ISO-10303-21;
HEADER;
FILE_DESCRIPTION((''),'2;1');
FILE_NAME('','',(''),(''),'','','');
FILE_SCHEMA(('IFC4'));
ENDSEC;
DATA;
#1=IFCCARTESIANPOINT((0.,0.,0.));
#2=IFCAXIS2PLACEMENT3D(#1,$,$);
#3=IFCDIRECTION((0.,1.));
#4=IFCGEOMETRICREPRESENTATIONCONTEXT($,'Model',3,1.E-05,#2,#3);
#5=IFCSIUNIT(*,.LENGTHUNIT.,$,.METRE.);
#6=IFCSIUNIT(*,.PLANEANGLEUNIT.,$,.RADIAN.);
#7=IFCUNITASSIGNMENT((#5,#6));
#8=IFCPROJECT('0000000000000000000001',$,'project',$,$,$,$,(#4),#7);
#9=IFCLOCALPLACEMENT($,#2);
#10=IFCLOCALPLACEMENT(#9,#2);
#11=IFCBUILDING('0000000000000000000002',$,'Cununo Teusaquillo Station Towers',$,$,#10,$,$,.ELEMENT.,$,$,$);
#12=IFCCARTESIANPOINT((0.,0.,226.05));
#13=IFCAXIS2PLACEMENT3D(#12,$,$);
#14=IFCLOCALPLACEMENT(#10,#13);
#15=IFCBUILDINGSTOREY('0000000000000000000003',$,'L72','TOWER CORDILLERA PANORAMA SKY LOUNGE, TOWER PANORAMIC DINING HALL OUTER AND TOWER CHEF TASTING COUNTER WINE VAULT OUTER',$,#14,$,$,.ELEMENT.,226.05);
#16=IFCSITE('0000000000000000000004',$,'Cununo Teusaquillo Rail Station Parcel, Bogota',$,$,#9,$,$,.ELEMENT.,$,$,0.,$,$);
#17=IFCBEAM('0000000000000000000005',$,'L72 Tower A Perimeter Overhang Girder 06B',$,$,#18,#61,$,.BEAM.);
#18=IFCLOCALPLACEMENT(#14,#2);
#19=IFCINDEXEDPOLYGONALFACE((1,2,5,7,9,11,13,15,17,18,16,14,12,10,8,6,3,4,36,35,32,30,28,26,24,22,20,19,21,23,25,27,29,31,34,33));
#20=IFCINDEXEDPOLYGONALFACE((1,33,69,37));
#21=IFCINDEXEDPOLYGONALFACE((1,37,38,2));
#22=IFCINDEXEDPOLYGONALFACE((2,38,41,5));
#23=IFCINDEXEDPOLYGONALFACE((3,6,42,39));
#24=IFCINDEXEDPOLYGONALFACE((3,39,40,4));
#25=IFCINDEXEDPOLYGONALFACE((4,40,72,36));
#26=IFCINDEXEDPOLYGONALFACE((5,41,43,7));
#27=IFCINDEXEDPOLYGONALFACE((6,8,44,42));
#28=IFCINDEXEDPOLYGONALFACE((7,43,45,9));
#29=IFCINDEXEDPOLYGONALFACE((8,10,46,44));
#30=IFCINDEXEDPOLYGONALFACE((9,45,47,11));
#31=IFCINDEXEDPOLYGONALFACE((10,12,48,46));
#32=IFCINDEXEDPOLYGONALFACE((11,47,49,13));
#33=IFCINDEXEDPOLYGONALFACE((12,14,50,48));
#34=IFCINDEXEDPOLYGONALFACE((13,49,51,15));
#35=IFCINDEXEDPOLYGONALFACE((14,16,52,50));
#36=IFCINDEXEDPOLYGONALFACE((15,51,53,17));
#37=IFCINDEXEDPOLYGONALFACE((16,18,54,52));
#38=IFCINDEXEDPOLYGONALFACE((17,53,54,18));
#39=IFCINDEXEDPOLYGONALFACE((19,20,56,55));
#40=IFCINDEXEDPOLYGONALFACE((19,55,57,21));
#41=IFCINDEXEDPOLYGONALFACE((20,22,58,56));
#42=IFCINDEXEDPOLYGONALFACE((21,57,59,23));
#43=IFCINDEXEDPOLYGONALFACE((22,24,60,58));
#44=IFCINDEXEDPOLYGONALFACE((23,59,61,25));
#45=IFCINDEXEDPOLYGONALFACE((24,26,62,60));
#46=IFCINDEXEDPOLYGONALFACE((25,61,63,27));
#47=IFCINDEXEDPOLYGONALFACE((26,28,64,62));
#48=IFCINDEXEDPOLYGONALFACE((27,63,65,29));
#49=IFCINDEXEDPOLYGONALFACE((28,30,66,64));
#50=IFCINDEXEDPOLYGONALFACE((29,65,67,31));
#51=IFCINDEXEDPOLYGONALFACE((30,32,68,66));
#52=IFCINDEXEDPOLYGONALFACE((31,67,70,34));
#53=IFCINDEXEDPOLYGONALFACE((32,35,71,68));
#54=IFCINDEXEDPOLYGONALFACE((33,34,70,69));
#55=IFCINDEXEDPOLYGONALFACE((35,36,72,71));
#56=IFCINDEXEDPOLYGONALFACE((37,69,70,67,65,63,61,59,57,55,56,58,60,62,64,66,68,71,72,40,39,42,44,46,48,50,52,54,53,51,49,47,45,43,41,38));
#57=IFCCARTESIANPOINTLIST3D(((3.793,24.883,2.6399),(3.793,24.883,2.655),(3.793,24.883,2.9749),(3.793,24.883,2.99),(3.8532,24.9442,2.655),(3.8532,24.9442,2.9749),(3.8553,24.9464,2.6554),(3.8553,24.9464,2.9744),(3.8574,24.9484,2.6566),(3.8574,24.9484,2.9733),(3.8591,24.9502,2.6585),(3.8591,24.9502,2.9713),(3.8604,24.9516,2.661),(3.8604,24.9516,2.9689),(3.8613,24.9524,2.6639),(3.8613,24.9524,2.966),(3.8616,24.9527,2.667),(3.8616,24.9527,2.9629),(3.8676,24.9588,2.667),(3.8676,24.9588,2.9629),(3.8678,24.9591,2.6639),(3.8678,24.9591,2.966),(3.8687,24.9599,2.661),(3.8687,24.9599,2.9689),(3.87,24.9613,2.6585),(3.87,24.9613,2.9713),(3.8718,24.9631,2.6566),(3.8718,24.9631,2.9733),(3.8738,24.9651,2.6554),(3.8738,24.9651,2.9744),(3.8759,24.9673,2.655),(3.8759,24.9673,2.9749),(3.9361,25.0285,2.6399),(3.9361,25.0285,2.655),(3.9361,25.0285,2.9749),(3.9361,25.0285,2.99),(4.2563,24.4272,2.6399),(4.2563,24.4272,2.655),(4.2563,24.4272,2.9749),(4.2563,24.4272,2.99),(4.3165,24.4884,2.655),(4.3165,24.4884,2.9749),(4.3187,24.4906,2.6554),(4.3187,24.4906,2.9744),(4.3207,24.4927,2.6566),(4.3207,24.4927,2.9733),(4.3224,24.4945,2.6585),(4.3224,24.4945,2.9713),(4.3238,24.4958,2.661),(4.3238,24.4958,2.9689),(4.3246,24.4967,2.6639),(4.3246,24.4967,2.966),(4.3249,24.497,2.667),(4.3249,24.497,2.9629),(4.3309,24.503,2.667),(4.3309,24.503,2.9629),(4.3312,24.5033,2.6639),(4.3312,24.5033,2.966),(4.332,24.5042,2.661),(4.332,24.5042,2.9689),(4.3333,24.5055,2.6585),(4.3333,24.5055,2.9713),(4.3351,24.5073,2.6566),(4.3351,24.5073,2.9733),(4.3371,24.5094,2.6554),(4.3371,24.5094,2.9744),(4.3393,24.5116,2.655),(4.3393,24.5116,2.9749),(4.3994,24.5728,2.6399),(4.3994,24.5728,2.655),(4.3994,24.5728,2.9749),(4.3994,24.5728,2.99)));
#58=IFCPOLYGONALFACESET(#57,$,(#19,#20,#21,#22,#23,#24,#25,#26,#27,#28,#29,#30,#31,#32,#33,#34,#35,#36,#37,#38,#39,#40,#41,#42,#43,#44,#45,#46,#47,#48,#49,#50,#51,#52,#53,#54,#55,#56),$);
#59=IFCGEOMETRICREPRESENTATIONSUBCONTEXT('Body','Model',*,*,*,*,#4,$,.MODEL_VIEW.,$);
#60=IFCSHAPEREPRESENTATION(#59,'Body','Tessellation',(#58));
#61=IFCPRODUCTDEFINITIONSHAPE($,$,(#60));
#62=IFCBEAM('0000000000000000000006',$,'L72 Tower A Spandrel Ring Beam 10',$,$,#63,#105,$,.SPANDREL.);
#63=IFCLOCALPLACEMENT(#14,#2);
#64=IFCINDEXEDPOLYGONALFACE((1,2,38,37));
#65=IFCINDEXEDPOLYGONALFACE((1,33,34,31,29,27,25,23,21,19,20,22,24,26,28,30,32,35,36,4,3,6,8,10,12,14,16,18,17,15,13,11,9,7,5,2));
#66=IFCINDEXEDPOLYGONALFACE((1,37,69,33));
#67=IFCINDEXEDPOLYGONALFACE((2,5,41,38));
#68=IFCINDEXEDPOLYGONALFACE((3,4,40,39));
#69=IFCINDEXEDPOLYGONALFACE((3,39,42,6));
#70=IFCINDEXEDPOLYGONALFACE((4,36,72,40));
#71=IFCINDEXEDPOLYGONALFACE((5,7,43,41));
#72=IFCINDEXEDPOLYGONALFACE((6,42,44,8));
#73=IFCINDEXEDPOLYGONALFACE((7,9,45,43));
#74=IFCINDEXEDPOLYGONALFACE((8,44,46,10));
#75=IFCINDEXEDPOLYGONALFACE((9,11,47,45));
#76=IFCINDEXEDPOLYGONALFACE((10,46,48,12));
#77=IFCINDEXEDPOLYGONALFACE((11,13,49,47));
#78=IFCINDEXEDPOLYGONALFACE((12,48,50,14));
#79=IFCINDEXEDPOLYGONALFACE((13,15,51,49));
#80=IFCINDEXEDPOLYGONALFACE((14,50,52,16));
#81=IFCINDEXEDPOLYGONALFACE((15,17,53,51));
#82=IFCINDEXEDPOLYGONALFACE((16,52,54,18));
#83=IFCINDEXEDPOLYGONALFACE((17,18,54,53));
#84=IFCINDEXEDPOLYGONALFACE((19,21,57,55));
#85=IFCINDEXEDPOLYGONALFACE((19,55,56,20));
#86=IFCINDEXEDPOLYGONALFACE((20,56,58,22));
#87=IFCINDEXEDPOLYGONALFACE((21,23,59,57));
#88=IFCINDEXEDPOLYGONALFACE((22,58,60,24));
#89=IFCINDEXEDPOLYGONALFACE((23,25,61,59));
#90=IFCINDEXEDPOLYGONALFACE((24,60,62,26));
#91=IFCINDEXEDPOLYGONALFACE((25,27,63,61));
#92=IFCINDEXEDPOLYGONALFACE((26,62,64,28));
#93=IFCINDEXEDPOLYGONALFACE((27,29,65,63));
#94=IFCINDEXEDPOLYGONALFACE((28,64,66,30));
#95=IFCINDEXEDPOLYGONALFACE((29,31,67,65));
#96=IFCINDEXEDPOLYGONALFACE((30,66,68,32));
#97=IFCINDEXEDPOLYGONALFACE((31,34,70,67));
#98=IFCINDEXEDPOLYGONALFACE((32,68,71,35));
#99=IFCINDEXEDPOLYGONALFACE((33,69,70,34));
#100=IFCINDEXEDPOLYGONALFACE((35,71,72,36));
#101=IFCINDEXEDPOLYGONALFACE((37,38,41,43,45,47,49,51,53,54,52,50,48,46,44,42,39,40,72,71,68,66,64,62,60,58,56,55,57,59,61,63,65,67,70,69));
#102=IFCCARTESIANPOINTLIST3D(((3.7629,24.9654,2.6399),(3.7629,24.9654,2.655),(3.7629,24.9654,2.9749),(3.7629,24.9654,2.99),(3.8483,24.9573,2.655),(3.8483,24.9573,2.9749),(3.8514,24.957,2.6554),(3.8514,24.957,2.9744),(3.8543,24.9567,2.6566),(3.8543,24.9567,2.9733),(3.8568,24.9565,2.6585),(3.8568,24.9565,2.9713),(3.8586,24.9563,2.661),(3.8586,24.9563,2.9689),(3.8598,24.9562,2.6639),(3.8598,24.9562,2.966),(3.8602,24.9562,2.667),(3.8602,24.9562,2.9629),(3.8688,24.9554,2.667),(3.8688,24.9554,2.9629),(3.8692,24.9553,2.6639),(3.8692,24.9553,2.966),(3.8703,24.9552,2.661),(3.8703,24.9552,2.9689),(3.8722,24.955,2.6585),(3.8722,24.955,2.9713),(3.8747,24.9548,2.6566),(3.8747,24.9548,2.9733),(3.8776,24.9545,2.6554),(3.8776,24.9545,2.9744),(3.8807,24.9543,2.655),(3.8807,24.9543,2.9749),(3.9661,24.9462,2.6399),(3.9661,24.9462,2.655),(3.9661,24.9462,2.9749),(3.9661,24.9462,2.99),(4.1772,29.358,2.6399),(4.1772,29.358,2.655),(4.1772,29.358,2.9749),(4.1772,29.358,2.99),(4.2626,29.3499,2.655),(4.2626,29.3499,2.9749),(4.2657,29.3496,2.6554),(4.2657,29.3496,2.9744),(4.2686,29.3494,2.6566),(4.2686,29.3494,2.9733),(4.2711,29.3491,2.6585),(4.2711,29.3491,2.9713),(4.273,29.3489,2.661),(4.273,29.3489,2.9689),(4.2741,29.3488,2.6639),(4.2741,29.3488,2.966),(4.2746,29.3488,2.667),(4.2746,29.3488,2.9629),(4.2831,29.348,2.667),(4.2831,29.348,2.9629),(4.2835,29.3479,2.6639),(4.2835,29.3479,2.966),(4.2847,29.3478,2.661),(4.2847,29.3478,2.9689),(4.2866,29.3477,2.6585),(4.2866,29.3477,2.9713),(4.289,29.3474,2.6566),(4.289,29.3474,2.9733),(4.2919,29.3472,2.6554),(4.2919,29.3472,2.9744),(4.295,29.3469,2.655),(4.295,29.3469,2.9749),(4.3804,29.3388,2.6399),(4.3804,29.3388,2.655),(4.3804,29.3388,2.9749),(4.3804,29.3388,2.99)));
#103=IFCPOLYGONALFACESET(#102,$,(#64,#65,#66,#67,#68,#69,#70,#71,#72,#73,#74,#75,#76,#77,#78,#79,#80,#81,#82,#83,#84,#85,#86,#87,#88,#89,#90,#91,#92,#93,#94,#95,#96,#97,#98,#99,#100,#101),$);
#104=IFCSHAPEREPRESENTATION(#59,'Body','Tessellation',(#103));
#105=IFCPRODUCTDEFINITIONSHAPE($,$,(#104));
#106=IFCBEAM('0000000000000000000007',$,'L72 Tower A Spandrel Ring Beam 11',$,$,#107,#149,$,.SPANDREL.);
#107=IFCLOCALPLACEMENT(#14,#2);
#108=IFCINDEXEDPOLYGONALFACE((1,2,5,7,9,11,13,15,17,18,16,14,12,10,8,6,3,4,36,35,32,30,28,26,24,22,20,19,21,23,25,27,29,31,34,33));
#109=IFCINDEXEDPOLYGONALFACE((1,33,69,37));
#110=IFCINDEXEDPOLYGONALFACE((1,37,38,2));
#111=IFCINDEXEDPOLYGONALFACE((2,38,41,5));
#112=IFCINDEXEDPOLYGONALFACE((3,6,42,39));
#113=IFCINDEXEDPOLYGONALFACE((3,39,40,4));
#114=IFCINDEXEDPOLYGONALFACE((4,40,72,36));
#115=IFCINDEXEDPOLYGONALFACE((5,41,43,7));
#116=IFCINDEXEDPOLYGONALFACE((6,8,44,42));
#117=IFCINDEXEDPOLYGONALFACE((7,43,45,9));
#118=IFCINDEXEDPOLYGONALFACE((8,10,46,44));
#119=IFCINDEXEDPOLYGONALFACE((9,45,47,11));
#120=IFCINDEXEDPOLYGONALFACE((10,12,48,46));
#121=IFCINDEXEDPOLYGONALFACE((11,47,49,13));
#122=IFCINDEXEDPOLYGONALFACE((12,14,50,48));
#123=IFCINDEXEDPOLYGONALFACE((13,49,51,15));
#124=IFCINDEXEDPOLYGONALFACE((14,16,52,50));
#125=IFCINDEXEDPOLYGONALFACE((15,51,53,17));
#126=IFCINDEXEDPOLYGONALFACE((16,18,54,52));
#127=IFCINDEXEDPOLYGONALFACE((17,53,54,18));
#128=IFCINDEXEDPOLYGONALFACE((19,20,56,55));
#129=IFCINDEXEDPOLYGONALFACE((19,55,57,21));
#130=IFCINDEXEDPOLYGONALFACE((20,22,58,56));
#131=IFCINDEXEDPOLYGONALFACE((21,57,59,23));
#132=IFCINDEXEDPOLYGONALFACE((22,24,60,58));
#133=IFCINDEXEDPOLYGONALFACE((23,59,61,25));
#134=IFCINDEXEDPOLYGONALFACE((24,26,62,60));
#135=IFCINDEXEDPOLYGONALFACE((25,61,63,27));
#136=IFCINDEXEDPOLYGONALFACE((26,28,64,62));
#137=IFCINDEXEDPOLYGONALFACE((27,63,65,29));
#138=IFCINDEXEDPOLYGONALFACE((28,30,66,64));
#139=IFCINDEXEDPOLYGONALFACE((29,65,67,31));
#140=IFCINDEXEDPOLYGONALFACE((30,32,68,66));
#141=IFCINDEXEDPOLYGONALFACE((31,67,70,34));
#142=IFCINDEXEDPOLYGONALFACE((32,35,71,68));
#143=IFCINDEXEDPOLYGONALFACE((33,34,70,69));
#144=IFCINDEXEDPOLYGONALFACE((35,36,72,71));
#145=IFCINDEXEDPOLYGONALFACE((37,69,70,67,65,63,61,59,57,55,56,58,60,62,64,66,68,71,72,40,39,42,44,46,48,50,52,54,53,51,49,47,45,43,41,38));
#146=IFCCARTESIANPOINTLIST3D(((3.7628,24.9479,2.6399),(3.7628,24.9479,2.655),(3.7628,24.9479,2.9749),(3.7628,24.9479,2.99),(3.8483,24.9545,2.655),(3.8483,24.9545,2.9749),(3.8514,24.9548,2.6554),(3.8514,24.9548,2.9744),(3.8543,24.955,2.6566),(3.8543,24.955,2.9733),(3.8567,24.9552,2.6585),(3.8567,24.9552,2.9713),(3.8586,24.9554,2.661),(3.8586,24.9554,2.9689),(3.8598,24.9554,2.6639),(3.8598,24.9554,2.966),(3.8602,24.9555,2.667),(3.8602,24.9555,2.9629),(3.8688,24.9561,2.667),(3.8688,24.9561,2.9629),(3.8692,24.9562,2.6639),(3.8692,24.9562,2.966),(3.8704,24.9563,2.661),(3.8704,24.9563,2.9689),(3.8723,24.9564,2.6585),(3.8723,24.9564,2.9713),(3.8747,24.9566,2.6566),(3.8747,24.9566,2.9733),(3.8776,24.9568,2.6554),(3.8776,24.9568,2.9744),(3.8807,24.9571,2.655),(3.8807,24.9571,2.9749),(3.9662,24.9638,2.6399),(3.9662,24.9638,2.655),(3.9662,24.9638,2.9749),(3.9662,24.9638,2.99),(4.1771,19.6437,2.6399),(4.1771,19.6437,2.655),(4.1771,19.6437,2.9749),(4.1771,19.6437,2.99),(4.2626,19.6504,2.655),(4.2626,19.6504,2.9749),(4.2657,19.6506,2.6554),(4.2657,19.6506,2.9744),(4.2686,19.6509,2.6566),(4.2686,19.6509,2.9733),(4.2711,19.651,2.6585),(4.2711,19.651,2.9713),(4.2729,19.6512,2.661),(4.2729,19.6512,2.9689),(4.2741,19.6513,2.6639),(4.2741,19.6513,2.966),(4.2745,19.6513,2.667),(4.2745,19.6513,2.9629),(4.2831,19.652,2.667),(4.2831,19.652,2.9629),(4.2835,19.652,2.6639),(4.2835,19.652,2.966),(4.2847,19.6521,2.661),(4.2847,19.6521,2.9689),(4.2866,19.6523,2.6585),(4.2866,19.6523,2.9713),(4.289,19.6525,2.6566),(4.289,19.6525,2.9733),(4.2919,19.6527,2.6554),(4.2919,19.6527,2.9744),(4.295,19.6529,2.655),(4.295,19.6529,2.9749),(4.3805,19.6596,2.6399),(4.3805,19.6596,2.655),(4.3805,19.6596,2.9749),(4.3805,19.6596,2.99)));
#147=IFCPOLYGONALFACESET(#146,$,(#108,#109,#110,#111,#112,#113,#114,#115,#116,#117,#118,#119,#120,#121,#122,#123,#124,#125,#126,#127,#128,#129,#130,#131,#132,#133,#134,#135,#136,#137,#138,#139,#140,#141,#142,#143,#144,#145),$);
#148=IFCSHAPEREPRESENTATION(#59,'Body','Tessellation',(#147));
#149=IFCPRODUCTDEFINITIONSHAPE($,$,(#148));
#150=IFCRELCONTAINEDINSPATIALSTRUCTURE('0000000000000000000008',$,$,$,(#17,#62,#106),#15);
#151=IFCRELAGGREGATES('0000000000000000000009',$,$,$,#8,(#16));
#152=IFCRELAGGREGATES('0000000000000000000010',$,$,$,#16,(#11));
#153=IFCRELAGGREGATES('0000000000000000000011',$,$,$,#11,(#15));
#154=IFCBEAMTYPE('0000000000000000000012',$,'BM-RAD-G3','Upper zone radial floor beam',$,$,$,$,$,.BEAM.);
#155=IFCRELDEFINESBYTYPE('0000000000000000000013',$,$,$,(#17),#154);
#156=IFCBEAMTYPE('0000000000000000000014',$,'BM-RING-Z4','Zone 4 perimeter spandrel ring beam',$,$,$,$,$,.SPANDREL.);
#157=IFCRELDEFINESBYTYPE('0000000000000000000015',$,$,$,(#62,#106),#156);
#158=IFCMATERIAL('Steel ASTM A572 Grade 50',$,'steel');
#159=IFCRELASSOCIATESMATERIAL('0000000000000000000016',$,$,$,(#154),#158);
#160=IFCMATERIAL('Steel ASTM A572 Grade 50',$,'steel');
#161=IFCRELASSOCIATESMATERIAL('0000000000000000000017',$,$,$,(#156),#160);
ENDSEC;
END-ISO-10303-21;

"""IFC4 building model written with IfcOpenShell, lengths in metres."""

from ifc_helpers import new_model, si_unit, direction, frame, origin, origin_2d, place, context, subcontext, project, spatial, i_section, extrude, material, material_profile, profile_set, type_object, element, save


model = new_model("IFC4")

# Units and contexts
model_context = context("Model", 3, precision=1e-05, world=origin(), true_north=direction((0.0, 1.0)))
body_context = subcontext(model_context, "Body", "Model", "MODEL_VIEW")
ifc_project = project(units=[si_unit("LENGTHUNIT", "METRE"), si_unit("PLANEANGLEUNIT", "RADIAN")], contexts=[model_context])

# Site, building, storey
site_placement = place(None, origin())
site = spatial("IfcSite", under=ifc_project, at=site_placement, Name="Cununo Teusaquillo Rail Station Parcel, Bogota", CompositionType="ELEMENT", RefElevation=0.0)
building_placement = place(site_placement, origin())
building = spatial("IfcBuilding", under=site, at=building_placement, Name="Cununo Teusaquillo Station Towers", CompositionType="ELEMENT")
storey_placement = place(building_placement, frame((0.0, 0.0, 226.05)))
storey = spatial("IfcBuildingStorey", under=building, at=storey_placement, Name="L72", Description="TOWER CORDILLERA PANORAMA SKY LOUNGE, TOWER PANORAMIC DINING HALL OUTER AND TOWER CHEF TASTING COUNTER WINE VAULT OUTER", CompositionType="ELEMENT", Elevation=226.05)

# Beams
ifc_material_1 = material(Name="Steel ASTM A572 Grade 50", Category="steel")
ifc_material_profile_1 = material_profile(ifc_material_1, i_section(OverallWidth=0.2041, OverallDepth=0.3501, WebThickness=0.0085, FlangeThickness=0.0151, FilletRadius=0.012, at=origin_2d()), Name="W14X48")
ifc_profile_set_1 = profile_set([ifc_material_profile_1], Name="Steel ASTM A572 Grade 50")
beam_type_1 = type_object("IfcBeamType", Name="BM-RAD-G3", Description="Upper zone radial floor beam", PredefinedType="BEAM", material=ifc_profile_set_1)
beam_1_placement = place(storey_placement, frame((4.3279, 24.5, 2.8149), z_axis=(-0.712905, 0.701261, 0.0), x_axis=(-0.701261, -0.712905, 0.0)))
element("IfcBeam", 1, at=beam_1_placement, inside=storey, type_object=beam_type_1, Name="L72 Tower A Perimeter Overhang Girder 06B", PredefinedType="BEAM", context=body_context, shape_type="SweptSolid", body=[
    extrude(i_section(OverallWidth=0.2041, OverallDepth=0.3501, WebThickness=0.0085, FlangeThickness=0.0151, FilletRadius=0.012, at=origin_2d()), origin(), (0.0, 0.0, 1.0), 0.6499),
])
ifc_material_2 = material(Name="Steel ASTM A572 Grade 50", Category="steel")
ifc_material_profile_2 = material_profile(ifc_material_2, i_section(OverallWidth=0.2041, OverallDepth=0.3501, WebThickness=0.0085, FlangeThickness=0.0151, FilletRadius=0.012, at=origin_2d()), Name="W14X48")
ifc_profile_set_2 = profile_set([ifc_material_profile_2], Name="Steel ASTM A572 Grade 50")
beam_type_2 = type_object("IfcBeamType", Name="BM-RING-Z4", Description="Zone 4 perimeter spandrel ring beam", PredefinedType="SPANDREL", material=ifc_profile_set_2)
beam_2_placement = place(storey_placement, frame((4.2788, 29.3484, 2.8149), z_axis=(-0.093903, -0.995581, 0.0), x_axis=(0.995581, -0.093903, 0.0)))
element("IfcBeam", 2, at=beam_2_placement, inside=storey, type_object=beam_type_2, Name="L72 Tower A Spandrel Ring Beam 10", PredefinedType="SPANDREL", context=body_context, shape_type="SweptSolid", body=[
    extrude(i_section(OverallWidth=0.2041, OverallDepth=0.3501, WebThickness=0.0085, FlangeThickness=0.0151, FilletRadius=0.012, at=origin_2d()), origin(), (0.0, 0.0, 1.0), 4.4121),
])
beam_3_placement = place(storey_placement, frame((3.8645, 24.9558, 2.8149), z_axis=(0.077872, -0.996963, 0.0), x_axis=(0.996963, 0.077872, 0.0)))
element("IfcBeam", 3, at=beam_3_placement, inside=storey, type_object=beam_type_2, Name="L72 Tower A Spandrel Ring Beam 11", PredefinedType="SPANDREL", context=body_context, shape_type="SweptSolid", body=[
    extrude(i_section(OverallWidth=0.2041, OverallDepth=0.3501, WebThickness=0.0085, FlangeThickness=0.0151, FilletRadius=0.012, at=origin_2d()), origin(), (0.0, 0.0, 1.0), 5.3203),
])

save(model, "model.ifc")
